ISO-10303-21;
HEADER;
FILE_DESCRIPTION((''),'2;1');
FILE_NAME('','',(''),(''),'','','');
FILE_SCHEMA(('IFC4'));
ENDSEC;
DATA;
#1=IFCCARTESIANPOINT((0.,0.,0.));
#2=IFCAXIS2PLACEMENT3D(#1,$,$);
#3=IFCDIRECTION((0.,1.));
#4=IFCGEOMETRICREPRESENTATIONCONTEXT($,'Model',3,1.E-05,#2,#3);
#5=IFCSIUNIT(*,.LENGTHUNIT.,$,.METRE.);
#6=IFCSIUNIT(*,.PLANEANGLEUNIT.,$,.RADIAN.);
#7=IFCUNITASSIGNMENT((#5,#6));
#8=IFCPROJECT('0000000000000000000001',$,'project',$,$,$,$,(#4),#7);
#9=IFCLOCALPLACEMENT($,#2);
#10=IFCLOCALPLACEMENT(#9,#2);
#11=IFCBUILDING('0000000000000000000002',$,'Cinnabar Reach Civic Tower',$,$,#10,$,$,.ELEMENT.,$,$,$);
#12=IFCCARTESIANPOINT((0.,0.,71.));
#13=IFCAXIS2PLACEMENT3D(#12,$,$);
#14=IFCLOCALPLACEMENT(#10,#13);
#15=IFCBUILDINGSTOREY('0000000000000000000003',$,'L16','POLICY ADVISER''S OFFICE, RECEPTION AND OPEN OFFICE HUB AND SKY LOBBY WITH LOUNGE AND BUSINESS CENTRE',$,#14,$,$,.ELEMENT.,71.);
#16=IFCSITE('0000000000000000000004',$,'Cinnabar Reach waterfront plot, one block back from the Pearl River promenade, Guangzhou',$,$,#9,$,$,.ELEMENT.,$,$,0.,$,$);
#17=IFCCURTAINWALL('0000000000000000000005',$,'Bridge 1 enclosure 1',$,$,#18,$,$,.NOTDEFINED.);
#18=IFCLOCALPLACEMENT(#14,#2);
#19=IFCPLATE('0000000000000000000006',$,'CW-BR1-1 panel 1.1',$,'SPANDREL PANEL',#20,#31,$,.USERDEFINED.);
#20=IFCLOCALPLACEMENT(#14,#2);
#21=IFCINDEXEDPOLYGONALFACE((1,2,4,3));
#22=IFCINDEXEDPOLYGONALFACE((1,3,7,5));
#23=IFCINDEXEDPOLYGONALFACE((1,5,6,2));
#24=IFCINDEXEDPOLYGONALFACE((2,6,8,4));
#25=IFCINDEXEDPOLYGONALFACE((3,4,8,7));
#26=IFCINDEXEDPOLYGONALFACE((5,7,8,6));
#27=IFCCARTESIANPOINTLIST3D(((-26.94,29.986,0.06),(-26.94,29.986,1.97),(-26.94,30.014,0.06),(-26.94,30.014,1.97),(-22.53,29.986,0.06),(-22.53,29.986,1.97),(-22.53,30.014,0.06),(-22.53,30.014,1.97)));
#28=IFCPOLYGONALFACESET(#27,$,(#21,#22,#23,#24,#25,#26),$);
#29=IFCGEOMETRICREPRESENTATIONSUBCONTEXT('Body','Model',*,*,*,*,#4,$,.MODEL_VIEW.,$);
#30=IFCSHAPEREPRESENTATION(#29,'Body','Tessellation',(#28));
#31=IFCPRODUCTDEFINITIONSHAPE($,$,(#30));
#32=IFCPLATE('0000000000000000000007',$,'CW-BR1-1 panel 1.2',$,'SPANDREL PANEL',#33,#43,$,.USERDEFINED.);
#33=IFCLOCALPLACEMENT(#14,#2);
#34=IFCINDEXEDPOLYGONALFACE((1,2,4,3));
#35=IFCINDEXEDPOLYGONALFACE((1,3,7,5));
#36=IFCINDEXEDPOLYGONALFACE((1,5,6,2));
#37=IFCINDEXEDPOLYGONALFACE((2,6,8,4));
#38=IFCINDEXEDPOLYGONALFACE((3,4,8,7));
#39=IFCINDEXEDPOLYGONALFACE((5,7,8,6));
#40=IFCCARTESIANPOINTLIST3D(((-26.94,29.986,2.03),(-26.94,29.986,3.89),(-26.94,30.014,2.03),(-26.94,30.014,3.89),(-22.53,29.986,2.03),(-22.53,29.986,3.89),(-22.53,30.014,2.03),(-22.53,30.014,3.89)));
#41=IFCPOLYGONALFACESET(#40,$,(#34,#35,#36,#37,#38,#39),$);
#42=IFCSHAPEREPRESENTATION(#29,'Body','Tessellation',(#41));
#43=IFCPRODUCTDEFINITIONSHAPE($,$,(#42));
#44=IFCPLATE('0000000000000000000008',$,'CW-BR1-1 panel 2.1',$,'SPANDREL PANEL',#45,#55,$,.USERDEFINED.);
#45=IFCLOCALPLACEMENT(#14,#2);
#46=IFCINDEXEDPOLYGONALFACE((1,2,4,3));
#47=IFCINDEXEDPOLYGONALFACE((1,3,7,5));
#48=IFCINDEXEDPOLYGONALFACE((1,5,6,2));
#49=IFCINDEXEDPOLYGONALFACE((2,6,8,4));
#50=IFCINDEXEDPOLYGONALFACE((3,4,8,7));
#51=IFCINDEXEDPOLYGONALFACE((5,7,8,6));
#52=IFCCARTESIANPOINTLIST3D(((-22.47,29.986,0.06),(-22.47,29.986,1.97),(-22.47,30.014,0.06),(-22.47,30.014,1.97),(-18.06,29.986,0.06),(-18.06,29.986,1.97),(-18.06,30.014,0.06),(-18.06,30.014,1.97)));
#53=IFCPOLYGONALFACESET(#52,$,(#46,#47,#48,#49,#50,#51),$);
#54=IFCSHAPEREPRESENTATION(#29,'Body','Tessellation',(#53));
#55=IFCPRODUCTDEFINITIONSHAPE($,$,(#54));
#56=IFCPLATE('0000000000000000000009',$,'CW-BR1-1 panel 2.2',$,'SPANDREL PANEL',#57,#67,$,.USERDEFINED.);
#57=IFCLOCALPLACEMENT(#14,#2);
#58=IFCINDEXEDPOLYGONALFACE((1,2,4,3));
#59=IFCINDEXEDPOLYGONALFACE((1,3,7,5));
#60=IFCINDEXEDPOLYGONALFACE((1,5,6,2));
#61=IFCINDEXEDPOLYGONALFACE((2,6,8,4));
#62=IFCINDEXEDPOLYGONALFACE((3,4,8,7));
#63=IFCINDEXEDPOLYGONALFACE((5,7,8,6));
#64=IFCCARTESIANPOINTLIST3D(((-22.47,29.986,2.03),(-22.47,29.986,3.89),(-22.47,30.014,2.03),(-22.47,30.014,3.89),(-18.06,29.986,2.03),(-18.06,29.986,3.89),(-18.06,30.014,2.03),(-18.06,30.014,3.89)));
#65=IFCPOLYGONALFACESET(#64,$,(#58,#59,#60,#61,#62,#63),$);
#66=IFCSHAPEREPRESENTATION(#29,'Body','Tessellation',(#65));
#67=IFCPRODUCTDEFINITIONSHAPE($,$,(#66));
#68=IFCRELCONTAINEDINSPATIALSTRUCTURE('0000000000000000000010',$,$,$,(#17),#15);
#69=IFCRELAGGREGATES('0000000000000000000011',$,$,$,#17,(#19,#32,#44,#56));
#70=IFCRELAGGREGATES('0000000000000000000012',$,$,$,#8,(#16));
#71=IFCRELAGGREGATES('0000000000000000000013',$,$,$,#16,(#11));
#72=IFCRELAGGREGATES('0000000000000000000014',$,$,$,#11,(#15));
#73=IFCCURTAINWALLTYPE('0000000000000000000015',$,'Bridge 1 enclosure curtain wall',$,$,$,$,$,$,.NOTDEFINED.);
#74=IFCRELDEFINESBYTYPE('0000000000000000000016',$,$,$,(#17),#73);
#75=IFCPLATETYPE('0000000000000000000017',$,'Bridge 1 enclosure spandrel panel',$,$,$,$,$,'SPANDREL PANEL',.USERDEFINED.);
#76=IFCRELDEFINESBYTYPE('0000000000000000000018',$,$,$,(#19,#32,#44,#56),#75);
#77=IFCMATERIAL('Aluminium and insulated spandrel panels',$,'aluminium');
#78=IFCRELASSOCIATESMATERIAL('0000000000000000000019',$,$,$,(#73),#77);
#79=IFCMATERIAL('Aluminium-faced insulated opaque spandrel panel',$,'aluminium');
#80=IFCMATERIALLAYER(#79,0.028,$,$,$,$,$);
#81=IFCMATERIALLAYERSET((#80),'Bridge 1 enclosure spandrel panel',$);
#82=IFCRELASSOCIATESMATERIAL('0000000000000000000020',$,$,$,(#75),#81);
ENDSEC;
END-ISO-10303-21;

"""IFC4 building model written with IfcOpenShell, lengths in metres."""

from ifc_helpers import new_model, si_unit, direction, frame, origin, origin_2d, place, context, subcontext, project, spatial, rectangle, extrude, material, layer, layer_set, type_object, element, aggregate, save


model = new_model("IFC4")

# Units and contexts
model_context = context("Model", 3, precision=1e-05, world=origin(), true_north=direction((0.0, 1.0)))
body_context = subcontext(model_context, "Body", "Model", "MODEL_VIEW")
ifc_project = project(units=[si_unit("LENGTHUNIT", "METRE"), si_unit("PLANEANGLEUNIT", "RADIAN")], contexts=[model_context])

# Site, building, storey
site_placement = place(None, origin())
site = spatial("IfcSite", under=ifc_project, at=site_placement, Name="Cinnabar Reach waterfront plot, one block back from the Pearl River promenade, Guangzhou", CompositionType="ELEMENT", RefElevation=0.0)
building_placement = place(site_placement, origin())
building = spatial("IfcBuilding", under=site, at=building_placement, Name="Cinnabar Reach Civic Tower", CompositionType="ELEMENT")
storey_placement = place(building_placement, frame((0.0, 0.0, 71.0)))
storey = spatial("IfcBuildingStorey", under=building, at=storey_placement, Name="L16", Description="POLICY ADVISER'S OFFICE, RECEPTION AND OPEN OFFICE HUB AND SKY LOBBY WITH LOUNGE AND BUSINESS CENTRE", CompositionType="ELEMENT", Elevation=71.0)

# Curtain wall
ifc_material_1 = material(Name="Aluminium and insulated spandrel panels", Category="aluminium")
curtain_wall_type = type_object("IfcCurtainWallType", Name="Bridge 1 enclosure curtain wall", PredefinedType="NOTDEFINED", material=ifc_material_1)
curtain_wall_1_placement = place(storey_placement, origin())
curtain_wall_1 = element("IfcCurtainWall", 1, at=curtain_wall_1_placement, inside=storey, type_object=curtain_wall_type, Name="Bridge 1 enclosure 1", PredefinedType="NOTDEFINED")

# Plates
ifc_material_2 = material(Name="Aluminium-faced insulated opaque spandrel panel", Category="aluminium")
ifc_layer = layer(ifc_material_2, 0.028)
ifc_layer_set = layer_set([ifc_layer], Name="Bridge 1 enclosure spandrel panel")
plate_type = type_object("IfcPlateType", Name="Bridge 1 enclosure spandrel panel", ElementType="SPANDREL PANEL", PredefinedType="USERDEFINED", material=ifc_layer_set)
plate_1_placement = place(storey_placement, frame((-24.735, 30.0, 0.06), z_axis=(0.0, 0.0, 1.0), x_axis=(1.0, 0.0, 0.0)))
plate_1 = element("IfcPlate", 2, at=plate_1_placement, type_object=plate_type, Name="CW-BR1-1 panel 1.1", ObjectType="SPANDREL PANEL", PredefinedType="USERDEFINED", context=body_context, shape_type="SweptSolid", body=[
    extrude(rectangle(XDim=4.41, YDim=0.028, at=origin_2d()), origin(), (0.0, 0.0, 1.0), 1.91),
])
plate_2_placement = place(storey_placement, frame((-24.735, 30.0, 2.03), z_axis=(0.0, 0.0, 1.0), x_axis=(1.0, 0.0, 0.0)))
plate_2 = element("IfcPlate", 3, at=plate_2_placement, type_object=plate_type, Name="CW-BR1-1 panel 1.2", ObjectType="SPANDREL PANEL", PredefinedType="USERDEFINED", context=body_context, shape_type="SweptSolid", body=[
    extrude(rectangle(XDim=4.41, YDim=0.028, at=origin_2d()), origin(), (0.0, 0.0, 1.0), 1.86),
])
plate_3_placement = place(storey_placement, frame((-20.265, 30.0, 0.06), z_axis=(0.0, 0.0, 1.0), x_axis=(1.0, 0.0, 0.0)))
plate_3 = element("IfcPlate", 4, at=plate_3_placement, type_object=plate_type, Name="CW-BR1-1 panel 2.1", ObjectType="SPANDREL PANEL", PredefinedType="USERDEFINED", context=body_context, shape_type="SweptSolid", body=[
    extrude(rectangle(XDim=4.41, YDim=0.028, at=origin_2d()), origin(), (0.0, 0.0, 1.0), 1.91),
])
plate_4_placement = place(storey_placement, frame((-20.265, 30.0, 2.03), z_axis=(0.0, 0.0, 1.0), x_axis=(1.0, 0.0, 0.0)))
plate_4 = element("IfcPlate", 5, at=plate_4_placement, type_object=plate_type, Name="CW-BR1-1 panel 2.2", ObjectType="SPANDREL PANEL", PredefinedType="USERDEFINED", context=body_context, shape_type="SweptSolid", body=[
    extrude(rectangle(XDim=4.41, YDim=0.028, at=origin_2d()), origin(), (0.0, 0.0, 1.0), 1.86),
])
aggregate(curtain_wall_1, [plate_1, plate_2, plate_3, plate_4])

save(model, "model.ifc")
